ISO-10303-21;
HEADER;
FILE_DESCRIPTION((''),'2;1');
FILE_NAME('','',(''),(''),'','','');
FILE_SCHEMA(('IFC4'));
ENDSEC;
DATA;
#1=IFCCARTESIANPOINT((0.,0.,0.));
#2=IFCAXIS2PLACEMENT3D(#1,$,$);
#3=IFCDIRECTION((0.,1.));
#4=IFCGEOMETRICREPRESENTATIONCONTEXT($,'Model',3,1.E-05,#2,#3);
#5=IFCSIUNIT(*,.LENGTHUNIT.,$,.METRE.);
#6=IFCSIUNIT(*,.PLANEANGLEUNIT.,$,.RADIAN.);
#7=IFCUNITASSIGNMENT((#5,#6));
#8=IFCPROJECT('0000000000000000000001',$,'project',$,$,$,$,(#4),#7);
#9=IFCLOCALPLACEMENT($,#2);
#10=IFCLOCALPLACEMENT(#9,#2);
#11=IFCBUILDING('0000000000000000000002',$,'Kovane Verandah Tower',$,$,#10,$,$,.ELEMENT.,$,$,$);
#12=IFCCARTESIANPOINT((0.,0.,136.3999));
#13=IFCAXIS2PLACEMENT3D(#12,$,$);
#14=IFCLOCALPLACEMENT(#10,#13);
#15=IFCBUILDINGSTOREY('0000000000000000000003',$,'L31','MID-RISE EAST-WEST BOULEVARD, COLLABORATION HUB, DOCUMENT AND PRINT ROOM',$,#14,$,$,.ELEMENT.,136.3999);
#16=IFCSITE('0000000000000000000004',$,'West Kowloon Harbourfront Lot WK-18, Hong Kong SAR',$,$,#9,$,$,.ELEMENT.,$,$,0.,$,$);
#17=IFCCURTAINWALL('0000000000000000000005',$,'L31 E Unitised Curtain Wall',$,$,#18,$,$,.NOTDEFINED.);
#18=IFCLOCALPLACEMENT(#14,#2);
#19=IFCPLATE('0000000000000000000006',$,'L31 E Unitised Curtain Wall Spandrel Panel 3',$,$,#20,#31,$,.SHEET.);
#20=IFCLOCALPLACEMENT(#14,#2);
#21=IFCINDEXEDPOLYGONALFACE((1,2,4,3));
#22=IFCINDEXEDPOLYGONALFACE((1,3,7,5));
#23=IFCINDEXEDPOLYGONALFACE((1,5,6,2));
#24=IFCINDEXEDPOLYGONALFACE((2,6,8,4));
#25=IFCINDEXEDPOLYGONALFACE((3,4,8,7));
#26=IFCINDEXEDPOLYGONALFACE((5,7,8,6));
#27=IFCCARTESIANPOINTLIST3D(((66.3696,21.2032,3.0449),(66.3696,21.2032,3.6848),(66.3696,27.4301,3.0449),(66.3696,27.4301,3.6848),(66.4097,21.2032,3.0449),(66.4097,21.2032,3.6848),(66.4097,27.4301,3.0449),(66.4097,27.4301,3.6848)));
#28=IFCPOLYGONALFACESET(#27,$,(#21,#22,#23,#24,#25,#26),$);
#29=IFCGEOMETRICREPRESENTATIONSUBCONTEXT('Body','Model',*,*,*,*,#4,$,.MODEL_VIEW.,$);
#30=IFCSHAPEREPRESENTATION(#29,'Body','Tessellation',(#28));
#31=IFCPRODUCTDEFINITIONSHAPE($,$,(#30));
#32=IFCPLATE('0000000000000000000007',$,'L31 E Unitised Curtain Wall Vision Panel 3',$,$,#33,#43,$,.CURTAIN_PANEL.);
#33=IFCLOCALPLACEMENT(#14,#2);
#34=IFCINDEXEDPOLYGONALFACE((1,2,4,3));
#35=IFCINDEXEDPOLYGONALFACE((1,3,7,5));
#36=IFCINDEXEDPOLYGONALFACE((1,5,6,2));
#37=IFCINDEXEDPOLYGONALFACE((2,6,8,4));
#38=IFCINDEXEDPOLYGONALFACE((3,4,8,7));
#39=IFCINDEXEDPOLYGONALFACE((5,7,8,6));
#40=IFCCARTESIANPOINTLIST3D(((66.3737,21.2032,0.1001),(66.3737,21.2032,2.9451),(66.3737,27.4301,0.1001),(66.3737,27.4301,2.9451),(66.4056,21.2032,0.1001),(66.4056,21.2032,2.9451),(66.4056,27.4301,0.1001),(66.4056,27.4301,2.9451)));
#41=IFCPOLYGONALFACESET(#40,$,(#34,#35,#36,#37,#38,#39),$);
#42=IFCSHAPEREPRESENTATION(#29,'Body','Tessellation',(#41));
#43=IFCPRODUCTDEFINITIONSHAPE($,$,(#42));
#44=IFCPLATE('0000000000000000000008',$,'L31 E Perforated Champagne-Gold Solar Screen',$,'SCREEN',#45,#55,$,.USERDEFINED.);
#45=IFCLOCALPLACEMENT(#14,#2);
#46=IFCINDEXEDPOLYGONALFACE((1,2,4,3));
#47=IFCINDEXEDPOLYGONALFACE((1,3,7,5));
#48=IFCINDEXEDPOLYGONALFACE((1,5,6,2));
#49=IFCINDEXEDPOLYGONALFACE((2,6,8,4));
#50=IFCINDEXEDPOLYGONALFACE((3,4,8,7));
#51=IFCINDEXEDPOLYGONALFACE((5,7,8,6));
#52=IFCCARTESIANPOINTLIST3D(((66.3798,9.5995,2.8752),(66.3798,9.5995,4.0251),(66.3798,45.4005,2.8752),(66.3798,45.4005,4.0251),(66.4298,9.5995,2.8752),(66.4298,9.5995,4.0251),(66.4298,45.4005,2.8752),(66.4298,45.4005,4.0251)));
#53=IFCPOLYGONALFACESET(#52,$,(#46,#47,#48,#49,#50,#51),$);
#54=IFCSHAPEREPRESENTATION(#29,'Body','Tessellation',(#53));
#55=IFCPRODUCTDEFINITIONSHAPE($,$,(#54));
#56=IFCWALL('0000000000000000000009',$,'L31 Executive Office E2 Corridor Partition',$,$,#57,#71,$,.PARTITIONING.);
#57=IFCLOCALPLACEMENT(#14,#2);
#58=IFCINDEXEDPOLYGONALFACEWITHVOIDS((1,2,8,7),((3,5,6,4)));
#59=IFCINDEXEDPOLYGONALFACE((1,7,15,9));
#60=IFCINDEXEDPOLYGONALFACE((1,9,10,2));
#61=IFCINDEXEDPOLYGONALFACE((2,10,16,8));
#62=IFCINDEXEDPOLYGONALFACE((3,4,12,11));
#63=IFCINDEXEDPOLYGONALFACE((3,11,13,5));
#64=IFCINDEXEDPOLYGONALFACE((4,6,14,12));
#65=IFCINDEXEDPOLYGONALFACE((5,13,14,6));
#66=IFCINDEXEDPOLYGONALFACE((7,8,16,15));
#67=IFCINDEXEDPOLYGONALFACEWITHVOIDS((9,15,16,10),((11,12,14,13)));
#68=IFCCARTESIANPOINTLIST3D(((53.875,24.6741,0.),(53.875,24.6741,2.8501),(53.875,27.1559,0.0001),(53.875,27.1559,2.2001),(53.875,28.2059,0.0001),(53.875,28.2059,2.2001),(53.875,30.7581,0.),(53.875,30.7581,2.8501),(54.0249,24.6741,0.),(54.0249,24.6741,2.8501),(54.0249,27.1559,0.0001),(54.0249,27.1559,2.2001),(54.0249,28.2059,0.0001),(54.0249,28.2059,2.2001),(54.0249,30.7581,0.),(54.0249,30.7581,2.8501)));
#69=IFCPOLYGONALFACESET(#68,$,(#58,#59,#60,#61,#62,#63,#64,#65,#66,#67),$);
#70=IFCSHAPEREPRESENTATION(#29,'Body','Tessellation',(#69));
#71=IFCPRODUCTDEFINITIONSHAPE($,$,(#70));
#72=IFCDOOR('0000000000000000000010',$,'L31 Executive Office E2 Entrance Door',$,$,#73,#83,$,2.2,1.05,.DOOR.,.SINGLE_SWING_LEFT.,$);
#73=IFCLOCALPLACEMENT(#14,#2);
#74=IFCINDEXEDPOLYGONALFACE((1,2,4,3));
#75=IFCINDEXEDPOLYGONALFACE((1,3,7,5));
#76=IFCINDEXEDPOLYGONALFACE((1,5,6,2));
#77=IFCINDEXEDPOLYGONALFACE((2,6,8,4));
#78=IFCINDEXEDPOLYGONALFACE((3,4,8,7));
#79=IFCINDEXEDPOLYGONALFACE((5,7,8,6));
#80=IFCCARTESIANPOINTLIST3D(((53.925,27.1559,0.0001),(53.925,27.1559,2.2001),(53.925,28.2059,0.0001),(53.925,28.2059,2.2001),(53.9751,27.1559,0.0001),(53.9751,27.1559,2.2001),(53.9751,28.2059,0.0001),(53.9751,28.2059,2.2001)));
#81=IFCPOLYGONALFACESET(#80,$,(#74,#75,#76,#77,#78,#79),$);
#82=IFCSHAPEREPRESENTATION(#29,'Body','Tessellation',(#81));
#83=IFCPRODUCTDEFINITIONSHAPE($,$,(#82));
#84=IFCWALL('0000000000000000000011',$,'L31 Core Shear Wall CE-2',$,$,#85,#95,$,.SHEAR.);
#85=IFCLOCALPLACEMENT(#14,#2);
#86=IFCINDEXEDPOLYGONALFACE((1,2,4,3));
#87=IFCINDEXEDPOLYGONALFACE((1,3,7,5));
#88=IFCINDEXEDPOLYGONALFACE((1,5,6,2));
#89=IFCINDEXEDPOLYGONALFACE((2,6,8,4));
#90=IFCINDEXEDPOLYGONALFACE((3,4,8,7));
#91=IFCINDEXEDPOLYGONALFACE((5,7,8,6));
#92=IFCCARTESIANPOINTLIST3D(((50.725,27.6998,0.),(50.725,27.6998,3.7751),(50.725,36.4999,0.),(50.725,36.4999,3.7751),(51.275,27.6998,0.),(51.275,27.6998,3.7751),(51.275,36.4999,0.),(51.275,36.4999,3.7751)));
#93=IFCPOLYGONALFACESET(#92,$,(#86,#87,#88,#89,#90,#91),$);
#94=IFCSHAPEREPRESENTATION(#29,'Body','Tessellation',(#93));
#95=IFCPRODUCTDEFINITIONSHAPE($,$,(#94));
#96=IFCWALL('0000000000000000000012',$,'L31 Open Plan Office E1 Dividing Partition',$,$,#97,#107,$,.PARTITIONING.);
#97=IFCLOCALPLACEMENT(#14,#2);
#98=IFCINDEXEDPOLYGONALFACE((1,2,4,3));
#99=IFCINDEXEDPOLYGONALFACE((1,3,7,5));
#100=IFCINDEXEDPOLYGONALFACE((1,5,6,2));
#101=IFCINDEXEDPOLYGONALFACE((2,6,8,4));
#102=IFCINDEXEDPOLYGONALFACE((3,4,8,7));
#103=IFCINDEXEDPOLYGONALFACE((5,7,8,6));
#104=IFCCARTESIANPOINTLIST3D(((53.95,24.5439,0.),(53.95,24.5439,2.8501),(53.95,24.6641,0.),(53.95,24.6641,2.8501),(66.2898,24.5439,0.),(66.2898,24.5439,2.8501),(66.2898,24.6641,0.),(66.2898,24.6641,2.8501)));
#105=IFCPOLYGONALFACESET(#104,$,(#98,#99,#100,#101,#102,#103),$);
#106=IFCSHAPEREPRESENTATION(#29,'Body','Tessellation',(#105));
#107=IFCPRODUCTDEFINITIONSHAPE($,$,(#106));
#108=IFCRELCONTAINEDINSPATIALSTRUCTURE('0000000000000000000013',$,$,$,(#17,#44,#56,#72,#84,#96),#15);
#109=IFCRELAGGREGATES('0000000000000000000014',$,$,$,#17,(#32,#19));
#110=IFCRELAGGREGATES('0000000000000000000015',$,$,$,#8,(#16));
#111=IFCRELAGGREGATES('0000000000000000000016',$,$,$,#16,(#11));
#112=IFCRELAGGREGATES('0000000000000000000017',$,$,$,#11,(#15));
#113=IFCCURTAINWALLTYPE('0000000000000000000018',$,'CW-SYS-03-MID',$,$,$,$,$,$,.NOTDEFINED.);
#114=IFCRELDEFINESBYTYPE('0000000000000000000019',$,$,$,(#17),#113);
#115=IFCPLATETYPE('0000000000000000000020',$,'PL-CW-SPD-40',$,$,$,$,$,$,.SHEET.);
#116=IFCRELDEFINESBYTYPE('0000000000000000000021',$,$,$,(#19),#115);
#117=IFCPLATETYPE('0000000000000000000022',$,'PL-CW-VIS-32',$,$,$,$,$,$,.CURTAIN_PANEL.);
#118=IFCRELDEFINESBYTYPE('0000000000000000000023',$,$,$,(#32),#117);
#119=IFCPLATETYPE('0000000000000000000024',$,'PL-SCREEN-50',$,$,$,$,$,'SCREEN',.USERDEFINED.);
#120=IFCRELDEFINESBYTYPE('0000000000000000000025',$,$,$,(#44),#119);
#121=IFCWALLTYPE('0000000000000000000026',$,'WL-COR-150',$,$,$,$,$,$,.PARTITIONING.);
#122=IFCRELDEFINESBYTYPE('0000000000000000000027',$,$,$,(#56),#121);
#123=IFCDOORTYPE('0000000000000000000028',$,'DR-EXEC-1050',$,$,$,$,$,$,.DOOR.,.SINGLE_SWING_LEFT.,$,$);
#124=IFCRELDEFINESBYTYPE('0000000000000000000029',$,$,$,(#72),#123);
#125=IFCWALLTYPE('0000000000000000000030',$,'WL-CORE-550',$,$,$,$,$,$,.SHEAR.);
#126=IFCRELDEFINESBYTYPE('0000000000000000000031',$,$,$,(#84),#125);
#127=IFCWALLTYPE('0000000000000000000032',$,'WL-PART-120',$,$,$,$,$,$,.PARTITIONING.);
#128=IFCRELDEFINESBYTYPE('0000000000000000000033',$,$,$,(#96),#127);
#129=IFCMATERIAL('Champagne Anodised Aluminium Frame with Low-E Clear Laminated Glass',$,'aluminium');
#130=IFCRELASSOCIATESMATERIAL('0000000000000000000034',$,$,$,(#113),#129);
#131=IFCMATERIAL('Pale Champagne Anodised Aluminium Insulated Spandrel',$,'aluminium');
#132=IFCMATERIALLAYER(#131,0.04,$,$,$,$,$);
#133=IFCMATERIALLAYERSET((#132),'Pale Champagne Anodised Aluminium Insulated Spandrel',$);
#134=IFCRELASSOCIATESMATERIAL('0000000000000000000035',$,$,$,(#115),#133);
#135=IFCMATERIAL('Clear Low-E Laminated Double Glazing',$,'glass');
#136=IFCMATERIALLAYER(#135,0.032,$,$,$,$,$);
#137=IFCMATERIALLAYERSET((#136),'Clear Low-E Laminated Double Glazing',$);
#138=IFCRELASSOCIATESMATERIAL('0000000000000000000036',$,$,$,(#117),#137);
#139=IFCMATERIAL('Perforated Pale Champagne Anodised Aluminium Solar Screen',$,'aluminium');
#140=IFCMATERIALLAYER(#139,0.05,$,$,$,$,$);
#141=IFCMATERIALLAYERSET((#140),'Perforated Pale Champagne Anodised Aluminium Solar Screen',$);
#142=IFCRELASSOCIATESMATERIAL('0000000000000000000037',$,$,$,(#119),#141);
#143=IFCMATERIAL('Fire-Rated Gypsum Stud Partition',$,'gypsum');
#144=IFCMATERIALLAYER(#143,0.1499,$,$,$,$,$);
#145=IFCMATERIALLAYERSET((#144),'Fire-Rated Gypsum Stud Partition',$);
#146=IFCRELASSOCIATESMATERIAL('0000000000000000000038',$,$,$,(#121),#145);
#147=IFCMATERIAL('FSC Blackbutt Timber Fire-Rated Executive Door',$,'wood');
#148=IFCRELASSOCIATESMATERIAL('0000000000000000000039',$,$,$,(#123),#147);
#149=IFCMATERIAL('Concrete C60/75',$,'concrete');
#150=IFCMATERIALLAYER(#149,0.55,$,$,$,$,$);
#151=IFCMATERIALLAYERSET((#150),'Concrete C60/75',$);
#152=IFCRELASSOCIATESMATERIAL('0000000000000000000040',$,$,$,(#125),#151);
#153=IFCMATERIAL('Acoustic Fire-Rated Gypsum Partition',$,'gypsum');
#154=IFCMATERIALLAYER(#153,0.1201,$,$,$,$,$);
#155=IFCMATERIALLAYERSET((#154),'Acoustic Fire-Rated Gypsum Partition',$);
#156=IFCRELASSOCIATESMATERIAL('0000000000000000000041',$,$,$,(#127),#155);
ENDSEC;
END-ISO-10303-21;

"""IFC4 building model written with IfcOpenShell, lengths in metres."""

from ifc_helpers import new_model, si_unit, direction, frame, frame_2d, origin, origin_2d, place, context, subcontext, project, spatial, rectangle, extrude, material, layer, layer_set, type_object, element, fill, aggregate, save


model = new_model("IFC4")

# Units and contexts
model_context = context("Model", 3, precision=1e-05, world=origin(), true_north=direction((0.0, 1.0)))
body_context = subcontext(model_context, "Body", "Model", "MODEL_VIEW")
ifc_project = project(units=[si_unit("LENGTHUNIT", "METRE"), si_unit("PLANEANGLEUNIT", "RADIAN")], contexts=[model_context])

# Site, building, storey
site_placement = place(None, origin())
site = spatial("IfcSite", under=ifc_project, at=site_placement, Name="West Kowloon Harbourfront Lot WK-18, Hong Kong SAR", CompositionType="ELEMENT", RefElevation=0.0)
building_placement = place(site_placement, origin())
building = spatial("IfcBuilding", under=site, at=building_placement, Name="Kovane Verandah Tower", CompositionType="ELEMENT")
storey_placement = place(building_placement, frame((0.0, 0.0, 136.3999)))
storey = spatial("IfcBuildingStorey", under=building, at=storey_placement, Name="L31", Description="MID-RISE EAST-WEST BOULEVARD, COLLABORATION HUB, DOCUMENT AND PRINT ROOM", CompositionType="ELEMENT", Elevation=136.3999)

# Shared definitions
ifc_material_1 = material(Name="Concrete C60/75", Category="concrete")

# Curtain wall
ifc_material_2 = material(Name="Champagne Anodised Aluminium Frame with Low-E Clear Laminated Glass", Category="aluminium")
curtain_wall_type = type_object("IfcCurtainWallType", Name="CW-SYS-03-MID", PredefinedType="NOTDEFINED", material=ifc_material_2)
curtain_wall_placement = place(storey_placement, origin())
curtain_wall = element("IfcCurtainWall", 1, at=curtain_wall_placement, inside=storey, type_object=curtain_wall_type, Name="L31 E Unitised Curtain Wall", PredefinedType="NOTDEFINED")

# Plates
ifc_material_3 = material(Name="Pale Champagne Anodised Aluminium Insulated Spandrel", Category="aluminium")
ifc_layer_1 = layer(ifc_material_3, 0.04)
ifc_layer_set_1 = layer_set([ifc_layer_1], Name="Pale Champagne Anodised Aluminium Insulated Spandrel")
plate_type_1 = type_object("IfcPlateType", Name="PL-CW-SPD-40", PredefinedType="SHEET", material=ifc_layer_set_1)
plate_1_placement = place(storey_placement, frame((66.3896, 24.3167, 3.0449), z_axis=(0.0, 0.0, 1.0), x_axis=(0.0, 1.0, 0.0)))
plate_1 = element("IfcPlate", 2, at=plate_1_placement, type_object=plate_type_1, Name="L31 E Unitised Curtain Wall Spandrel Panel 3", PredefinedType="SHEET", context=body_context, shape_type="SweptSolid", body=[
    extrude(rectangle(XDim=6.2268, YDim=0.04, at=origin_2d()), origin(), (0.0, 0.0, 1.0), 0.6399),
])
ifc_material_4 = material(Name="Clear Low-E Laminated Double Glazing", Category="glass")
ifc_layer_2 = layer(ifc_material_4, 0.032)
ifc_layer_set_2 = layer_set([ifc_layer_2], Name="Clear Low-E Laminated Double Glazing")
plate_type_2 = type_object("IfcPlateType", Name="PL-CW-VIS-32", PredefinedType="CURTAIN_PANEL", material=ifc_layer_set_2)
plate_2_placement = place(storey_placement, frame((66.3896, 24.3167, 0.1001), z_axis=(0.0, 0.0, 1.0), x_axis=(0.0, 1.0, 0.0)))
plate_2 = element("IfcPlate", 3, at=plate_2_placement, type_object=plate_type_2, Name="L31 E Unitised Curtain Wall Vision Panel 3", PredefinedType="CURTAIN_PANEL", context=body_context, shape_type="SweptSolid", body=[
    extrude(rectangle(XDim=6.2268, YDim=0.032, at=origin_2d()), origin(), (0.0, 0.0, 1.0), 2.845),
])
aggregate(curtain_wall, [plate_2, plate_1])
ifc_material_5 = material(Name="Perforated Pale Champagne Anodised Aluminium Solar Screen", Category="aluminium")
ifc_layer_3 = layer(ifc_material_5, 0.05)
ifc_layer_set_3 = layer_set([ifc_layer_3], Name="Perforated Pale Champagne Anodised Aluminium Solar Screen")
plate_type_3 = type_object("IfcPlateType", Name="PL-SCREEN-50", ElementType="SCREEN", PredefinedType="USERDEFINED", material=ifc_layer_set_3)
plate_3_placement = place(storey_placement, frame((66.4048, 27.5, 2.8752), z_axis=(0.0, 0.0, 1.0), x_axis=(0.0, 1.0, 0.0)))
element("IfcPlate", 4, at=plate_3_placement, inside=storey, type_object=plate_type_3, Name="L31 E Perforated Champagne-Gold Solar Screen", ObjectType="SCREEN", PredefinedType="USERDEFINED", context=body_context, shape_type="SweptSolid", body=[
    extrude(rectangle(XDim=35.801, YDim=0.05, at=origin_2d()), origin(), (0.0, 0.0, 1.0), 1.1499),
])

# Wall, opening, door
ifc_material_6 = material(Name="Fire-Rated Gypsum Stud Partition", Category="gypsum")
ifc_layer_4 = layer(ifc_material_6, 0.1499)
ifc_layer_set_4 = layer_set([ifc_layer_4], Name="Fire-Rated Gypsum Stud Partition")
wall_type_1 = type_object("IfcWallType", Name="WL-COR-150", PredefinedType="PARTITIONING", material=ifc_layer_set_4)
wall_1_placement = place(storey_placement, frame((53.95, 24.6741, 0.0), z_axis=(0.0, 0.0, 1.0), x_axis=(0.0, 1.0, 0.0)))
wall_1 = element("IfcWall", 5, at=wall_1_placement, inside=storey, type_object=wall_type_1, Name="L31 Executive Office E2 Corridor Partition", PredefinedType="PARTITIONING", context=body_context, shape_type="SweptSolid", body=[
    extrude(rectangle(XDim=6.084, YDim=0.1499, at=frame_2d((3.042, 0.0))), origin(), (0.0, 0.0, 1.0), 2.8501),
])
opening_1_placement = place(wall_1_placement, frame((2.4819, 0.0, 0.0)))
opening_1 = element("IfcOpeningElement", 6, at=opening_1_placement, cuts=wall_1, PredefinedType="OPENING", context=body_context, shape_type="SweptSolid", body=[
    extrude(rectangle(XDim=1.05, YDim=2.2, at=frame_2d((0.5249, 1.1001))), frame((0.0, 0.075, 0.0), z_axis=(0.0, -1.0, 0.0), x_axis=(1.0, 0.0, 0.0)), (0.0, 0.0, 1.0), 0.1499),
])
ifc_material_7 = material(Name="FSC Blackbutt Timber Fire-Rated Executive Door", Category="wood")
door_type_1 = type_object("IfcDoorType", Name="DR-EXEC-1050", OperationType="SINGLE_SWING_LEFT", PredefinedType="DOOR", material=ifc_material_7)
door_1_placement = place(opening_1_placement, origin())
door_1 = element("IfcDoor", 7, at=door_1_placement, inside=storey, type_object=door_type_1, Name="L31 Executive Office E2 Entrance Door", OperationType="SINGLE_SWING_LEFT", OverallHeight=2.2, OverallWidth=1.05, PredefinedType="DOOR", context=body_context, shape_type="SweptSolid", body=[
    extrude(rectangle(XDim=1.05, YDim=2.2, at=frame_2d((0.5249, 1.1001))), frame((0.0, 0.0249, 0.0), z_axis=(0.0, -1.0, 0.0), x_axis=(1.0, 0.0, 0.0)), (0.0, 0.0, 1.0), 0.05),
])
fill(opening_1, door_1)

# Wall
ifc_layer_5 = layer(ifc_material_1, 0.55)
ifc_layer_set_5 = layer_set([ifc_layer_5], Name="Concrete C60/75")
wall_type_2 = type_object("IfcWallType", Name="WL-CORE-550", PredefinedType="SHEAR", material=ifc_layer_set_5)
wall_2_placement = place(storey_placement, frame((51.0, 27.7, 0.0), z_axis=(0.0, 0.0, 1.0), x_axis=(0.0, 1.0, 0.0)))
element("IfcWall", 8, at=wall_2_placement, inside=storey, type_object=wall_type_2, Name="L31 Core Shear Wall CE-2", PredefinedType="SHEAR", context=body_context, shape_type="SweptSolid", body=[
    extrude(rectangle(XDim=8.8, YDim=0.55, at=frame_2d((4.3999, 0.0))), origin(), (0.0, 0.0, 1.0), 3.7751),
])

# Wall
ifc_material_8 = material(Name="Acoustic Fire-Rated Gypsum Partition", Category="gypsum")
ifc_layer_6 = layer(ifc_material_8, 0.1201)
ifc_layer_set_6 = layer_set([ifc_layer_6], Name="Acoustic Fire-Rated Gypsum Partition")
wall_type_3 = type_object("IfcWallType", Name="WL-PART-120", PredefinedType="PARTITIONING", material=ifc_layer_set_6)
wall_3_placement = place(storey_placement, frame((53.95, 24.604, 0.0), z_axis=(0.0, 0.0, 1.0), x_axis=(1.0, 0.0, 0.0)))
element("IfcWall", 9, at=wall_3_placement, inside=storey, type_object=wall_type_3, Name="L31 Open Plan Office E1 Dividing Partition", PredefinedType="PARTITIONING", context=body_context, shape_type="SweptSolid", body=[
    extrude(rectangle(XDim=12.3398, YDim=0.1201, at=frame_2d((6.1699, 0.0))), origin(), (0.0, 0.0, 1.0), 2.8501),
])

save(model, "model.ifc")
